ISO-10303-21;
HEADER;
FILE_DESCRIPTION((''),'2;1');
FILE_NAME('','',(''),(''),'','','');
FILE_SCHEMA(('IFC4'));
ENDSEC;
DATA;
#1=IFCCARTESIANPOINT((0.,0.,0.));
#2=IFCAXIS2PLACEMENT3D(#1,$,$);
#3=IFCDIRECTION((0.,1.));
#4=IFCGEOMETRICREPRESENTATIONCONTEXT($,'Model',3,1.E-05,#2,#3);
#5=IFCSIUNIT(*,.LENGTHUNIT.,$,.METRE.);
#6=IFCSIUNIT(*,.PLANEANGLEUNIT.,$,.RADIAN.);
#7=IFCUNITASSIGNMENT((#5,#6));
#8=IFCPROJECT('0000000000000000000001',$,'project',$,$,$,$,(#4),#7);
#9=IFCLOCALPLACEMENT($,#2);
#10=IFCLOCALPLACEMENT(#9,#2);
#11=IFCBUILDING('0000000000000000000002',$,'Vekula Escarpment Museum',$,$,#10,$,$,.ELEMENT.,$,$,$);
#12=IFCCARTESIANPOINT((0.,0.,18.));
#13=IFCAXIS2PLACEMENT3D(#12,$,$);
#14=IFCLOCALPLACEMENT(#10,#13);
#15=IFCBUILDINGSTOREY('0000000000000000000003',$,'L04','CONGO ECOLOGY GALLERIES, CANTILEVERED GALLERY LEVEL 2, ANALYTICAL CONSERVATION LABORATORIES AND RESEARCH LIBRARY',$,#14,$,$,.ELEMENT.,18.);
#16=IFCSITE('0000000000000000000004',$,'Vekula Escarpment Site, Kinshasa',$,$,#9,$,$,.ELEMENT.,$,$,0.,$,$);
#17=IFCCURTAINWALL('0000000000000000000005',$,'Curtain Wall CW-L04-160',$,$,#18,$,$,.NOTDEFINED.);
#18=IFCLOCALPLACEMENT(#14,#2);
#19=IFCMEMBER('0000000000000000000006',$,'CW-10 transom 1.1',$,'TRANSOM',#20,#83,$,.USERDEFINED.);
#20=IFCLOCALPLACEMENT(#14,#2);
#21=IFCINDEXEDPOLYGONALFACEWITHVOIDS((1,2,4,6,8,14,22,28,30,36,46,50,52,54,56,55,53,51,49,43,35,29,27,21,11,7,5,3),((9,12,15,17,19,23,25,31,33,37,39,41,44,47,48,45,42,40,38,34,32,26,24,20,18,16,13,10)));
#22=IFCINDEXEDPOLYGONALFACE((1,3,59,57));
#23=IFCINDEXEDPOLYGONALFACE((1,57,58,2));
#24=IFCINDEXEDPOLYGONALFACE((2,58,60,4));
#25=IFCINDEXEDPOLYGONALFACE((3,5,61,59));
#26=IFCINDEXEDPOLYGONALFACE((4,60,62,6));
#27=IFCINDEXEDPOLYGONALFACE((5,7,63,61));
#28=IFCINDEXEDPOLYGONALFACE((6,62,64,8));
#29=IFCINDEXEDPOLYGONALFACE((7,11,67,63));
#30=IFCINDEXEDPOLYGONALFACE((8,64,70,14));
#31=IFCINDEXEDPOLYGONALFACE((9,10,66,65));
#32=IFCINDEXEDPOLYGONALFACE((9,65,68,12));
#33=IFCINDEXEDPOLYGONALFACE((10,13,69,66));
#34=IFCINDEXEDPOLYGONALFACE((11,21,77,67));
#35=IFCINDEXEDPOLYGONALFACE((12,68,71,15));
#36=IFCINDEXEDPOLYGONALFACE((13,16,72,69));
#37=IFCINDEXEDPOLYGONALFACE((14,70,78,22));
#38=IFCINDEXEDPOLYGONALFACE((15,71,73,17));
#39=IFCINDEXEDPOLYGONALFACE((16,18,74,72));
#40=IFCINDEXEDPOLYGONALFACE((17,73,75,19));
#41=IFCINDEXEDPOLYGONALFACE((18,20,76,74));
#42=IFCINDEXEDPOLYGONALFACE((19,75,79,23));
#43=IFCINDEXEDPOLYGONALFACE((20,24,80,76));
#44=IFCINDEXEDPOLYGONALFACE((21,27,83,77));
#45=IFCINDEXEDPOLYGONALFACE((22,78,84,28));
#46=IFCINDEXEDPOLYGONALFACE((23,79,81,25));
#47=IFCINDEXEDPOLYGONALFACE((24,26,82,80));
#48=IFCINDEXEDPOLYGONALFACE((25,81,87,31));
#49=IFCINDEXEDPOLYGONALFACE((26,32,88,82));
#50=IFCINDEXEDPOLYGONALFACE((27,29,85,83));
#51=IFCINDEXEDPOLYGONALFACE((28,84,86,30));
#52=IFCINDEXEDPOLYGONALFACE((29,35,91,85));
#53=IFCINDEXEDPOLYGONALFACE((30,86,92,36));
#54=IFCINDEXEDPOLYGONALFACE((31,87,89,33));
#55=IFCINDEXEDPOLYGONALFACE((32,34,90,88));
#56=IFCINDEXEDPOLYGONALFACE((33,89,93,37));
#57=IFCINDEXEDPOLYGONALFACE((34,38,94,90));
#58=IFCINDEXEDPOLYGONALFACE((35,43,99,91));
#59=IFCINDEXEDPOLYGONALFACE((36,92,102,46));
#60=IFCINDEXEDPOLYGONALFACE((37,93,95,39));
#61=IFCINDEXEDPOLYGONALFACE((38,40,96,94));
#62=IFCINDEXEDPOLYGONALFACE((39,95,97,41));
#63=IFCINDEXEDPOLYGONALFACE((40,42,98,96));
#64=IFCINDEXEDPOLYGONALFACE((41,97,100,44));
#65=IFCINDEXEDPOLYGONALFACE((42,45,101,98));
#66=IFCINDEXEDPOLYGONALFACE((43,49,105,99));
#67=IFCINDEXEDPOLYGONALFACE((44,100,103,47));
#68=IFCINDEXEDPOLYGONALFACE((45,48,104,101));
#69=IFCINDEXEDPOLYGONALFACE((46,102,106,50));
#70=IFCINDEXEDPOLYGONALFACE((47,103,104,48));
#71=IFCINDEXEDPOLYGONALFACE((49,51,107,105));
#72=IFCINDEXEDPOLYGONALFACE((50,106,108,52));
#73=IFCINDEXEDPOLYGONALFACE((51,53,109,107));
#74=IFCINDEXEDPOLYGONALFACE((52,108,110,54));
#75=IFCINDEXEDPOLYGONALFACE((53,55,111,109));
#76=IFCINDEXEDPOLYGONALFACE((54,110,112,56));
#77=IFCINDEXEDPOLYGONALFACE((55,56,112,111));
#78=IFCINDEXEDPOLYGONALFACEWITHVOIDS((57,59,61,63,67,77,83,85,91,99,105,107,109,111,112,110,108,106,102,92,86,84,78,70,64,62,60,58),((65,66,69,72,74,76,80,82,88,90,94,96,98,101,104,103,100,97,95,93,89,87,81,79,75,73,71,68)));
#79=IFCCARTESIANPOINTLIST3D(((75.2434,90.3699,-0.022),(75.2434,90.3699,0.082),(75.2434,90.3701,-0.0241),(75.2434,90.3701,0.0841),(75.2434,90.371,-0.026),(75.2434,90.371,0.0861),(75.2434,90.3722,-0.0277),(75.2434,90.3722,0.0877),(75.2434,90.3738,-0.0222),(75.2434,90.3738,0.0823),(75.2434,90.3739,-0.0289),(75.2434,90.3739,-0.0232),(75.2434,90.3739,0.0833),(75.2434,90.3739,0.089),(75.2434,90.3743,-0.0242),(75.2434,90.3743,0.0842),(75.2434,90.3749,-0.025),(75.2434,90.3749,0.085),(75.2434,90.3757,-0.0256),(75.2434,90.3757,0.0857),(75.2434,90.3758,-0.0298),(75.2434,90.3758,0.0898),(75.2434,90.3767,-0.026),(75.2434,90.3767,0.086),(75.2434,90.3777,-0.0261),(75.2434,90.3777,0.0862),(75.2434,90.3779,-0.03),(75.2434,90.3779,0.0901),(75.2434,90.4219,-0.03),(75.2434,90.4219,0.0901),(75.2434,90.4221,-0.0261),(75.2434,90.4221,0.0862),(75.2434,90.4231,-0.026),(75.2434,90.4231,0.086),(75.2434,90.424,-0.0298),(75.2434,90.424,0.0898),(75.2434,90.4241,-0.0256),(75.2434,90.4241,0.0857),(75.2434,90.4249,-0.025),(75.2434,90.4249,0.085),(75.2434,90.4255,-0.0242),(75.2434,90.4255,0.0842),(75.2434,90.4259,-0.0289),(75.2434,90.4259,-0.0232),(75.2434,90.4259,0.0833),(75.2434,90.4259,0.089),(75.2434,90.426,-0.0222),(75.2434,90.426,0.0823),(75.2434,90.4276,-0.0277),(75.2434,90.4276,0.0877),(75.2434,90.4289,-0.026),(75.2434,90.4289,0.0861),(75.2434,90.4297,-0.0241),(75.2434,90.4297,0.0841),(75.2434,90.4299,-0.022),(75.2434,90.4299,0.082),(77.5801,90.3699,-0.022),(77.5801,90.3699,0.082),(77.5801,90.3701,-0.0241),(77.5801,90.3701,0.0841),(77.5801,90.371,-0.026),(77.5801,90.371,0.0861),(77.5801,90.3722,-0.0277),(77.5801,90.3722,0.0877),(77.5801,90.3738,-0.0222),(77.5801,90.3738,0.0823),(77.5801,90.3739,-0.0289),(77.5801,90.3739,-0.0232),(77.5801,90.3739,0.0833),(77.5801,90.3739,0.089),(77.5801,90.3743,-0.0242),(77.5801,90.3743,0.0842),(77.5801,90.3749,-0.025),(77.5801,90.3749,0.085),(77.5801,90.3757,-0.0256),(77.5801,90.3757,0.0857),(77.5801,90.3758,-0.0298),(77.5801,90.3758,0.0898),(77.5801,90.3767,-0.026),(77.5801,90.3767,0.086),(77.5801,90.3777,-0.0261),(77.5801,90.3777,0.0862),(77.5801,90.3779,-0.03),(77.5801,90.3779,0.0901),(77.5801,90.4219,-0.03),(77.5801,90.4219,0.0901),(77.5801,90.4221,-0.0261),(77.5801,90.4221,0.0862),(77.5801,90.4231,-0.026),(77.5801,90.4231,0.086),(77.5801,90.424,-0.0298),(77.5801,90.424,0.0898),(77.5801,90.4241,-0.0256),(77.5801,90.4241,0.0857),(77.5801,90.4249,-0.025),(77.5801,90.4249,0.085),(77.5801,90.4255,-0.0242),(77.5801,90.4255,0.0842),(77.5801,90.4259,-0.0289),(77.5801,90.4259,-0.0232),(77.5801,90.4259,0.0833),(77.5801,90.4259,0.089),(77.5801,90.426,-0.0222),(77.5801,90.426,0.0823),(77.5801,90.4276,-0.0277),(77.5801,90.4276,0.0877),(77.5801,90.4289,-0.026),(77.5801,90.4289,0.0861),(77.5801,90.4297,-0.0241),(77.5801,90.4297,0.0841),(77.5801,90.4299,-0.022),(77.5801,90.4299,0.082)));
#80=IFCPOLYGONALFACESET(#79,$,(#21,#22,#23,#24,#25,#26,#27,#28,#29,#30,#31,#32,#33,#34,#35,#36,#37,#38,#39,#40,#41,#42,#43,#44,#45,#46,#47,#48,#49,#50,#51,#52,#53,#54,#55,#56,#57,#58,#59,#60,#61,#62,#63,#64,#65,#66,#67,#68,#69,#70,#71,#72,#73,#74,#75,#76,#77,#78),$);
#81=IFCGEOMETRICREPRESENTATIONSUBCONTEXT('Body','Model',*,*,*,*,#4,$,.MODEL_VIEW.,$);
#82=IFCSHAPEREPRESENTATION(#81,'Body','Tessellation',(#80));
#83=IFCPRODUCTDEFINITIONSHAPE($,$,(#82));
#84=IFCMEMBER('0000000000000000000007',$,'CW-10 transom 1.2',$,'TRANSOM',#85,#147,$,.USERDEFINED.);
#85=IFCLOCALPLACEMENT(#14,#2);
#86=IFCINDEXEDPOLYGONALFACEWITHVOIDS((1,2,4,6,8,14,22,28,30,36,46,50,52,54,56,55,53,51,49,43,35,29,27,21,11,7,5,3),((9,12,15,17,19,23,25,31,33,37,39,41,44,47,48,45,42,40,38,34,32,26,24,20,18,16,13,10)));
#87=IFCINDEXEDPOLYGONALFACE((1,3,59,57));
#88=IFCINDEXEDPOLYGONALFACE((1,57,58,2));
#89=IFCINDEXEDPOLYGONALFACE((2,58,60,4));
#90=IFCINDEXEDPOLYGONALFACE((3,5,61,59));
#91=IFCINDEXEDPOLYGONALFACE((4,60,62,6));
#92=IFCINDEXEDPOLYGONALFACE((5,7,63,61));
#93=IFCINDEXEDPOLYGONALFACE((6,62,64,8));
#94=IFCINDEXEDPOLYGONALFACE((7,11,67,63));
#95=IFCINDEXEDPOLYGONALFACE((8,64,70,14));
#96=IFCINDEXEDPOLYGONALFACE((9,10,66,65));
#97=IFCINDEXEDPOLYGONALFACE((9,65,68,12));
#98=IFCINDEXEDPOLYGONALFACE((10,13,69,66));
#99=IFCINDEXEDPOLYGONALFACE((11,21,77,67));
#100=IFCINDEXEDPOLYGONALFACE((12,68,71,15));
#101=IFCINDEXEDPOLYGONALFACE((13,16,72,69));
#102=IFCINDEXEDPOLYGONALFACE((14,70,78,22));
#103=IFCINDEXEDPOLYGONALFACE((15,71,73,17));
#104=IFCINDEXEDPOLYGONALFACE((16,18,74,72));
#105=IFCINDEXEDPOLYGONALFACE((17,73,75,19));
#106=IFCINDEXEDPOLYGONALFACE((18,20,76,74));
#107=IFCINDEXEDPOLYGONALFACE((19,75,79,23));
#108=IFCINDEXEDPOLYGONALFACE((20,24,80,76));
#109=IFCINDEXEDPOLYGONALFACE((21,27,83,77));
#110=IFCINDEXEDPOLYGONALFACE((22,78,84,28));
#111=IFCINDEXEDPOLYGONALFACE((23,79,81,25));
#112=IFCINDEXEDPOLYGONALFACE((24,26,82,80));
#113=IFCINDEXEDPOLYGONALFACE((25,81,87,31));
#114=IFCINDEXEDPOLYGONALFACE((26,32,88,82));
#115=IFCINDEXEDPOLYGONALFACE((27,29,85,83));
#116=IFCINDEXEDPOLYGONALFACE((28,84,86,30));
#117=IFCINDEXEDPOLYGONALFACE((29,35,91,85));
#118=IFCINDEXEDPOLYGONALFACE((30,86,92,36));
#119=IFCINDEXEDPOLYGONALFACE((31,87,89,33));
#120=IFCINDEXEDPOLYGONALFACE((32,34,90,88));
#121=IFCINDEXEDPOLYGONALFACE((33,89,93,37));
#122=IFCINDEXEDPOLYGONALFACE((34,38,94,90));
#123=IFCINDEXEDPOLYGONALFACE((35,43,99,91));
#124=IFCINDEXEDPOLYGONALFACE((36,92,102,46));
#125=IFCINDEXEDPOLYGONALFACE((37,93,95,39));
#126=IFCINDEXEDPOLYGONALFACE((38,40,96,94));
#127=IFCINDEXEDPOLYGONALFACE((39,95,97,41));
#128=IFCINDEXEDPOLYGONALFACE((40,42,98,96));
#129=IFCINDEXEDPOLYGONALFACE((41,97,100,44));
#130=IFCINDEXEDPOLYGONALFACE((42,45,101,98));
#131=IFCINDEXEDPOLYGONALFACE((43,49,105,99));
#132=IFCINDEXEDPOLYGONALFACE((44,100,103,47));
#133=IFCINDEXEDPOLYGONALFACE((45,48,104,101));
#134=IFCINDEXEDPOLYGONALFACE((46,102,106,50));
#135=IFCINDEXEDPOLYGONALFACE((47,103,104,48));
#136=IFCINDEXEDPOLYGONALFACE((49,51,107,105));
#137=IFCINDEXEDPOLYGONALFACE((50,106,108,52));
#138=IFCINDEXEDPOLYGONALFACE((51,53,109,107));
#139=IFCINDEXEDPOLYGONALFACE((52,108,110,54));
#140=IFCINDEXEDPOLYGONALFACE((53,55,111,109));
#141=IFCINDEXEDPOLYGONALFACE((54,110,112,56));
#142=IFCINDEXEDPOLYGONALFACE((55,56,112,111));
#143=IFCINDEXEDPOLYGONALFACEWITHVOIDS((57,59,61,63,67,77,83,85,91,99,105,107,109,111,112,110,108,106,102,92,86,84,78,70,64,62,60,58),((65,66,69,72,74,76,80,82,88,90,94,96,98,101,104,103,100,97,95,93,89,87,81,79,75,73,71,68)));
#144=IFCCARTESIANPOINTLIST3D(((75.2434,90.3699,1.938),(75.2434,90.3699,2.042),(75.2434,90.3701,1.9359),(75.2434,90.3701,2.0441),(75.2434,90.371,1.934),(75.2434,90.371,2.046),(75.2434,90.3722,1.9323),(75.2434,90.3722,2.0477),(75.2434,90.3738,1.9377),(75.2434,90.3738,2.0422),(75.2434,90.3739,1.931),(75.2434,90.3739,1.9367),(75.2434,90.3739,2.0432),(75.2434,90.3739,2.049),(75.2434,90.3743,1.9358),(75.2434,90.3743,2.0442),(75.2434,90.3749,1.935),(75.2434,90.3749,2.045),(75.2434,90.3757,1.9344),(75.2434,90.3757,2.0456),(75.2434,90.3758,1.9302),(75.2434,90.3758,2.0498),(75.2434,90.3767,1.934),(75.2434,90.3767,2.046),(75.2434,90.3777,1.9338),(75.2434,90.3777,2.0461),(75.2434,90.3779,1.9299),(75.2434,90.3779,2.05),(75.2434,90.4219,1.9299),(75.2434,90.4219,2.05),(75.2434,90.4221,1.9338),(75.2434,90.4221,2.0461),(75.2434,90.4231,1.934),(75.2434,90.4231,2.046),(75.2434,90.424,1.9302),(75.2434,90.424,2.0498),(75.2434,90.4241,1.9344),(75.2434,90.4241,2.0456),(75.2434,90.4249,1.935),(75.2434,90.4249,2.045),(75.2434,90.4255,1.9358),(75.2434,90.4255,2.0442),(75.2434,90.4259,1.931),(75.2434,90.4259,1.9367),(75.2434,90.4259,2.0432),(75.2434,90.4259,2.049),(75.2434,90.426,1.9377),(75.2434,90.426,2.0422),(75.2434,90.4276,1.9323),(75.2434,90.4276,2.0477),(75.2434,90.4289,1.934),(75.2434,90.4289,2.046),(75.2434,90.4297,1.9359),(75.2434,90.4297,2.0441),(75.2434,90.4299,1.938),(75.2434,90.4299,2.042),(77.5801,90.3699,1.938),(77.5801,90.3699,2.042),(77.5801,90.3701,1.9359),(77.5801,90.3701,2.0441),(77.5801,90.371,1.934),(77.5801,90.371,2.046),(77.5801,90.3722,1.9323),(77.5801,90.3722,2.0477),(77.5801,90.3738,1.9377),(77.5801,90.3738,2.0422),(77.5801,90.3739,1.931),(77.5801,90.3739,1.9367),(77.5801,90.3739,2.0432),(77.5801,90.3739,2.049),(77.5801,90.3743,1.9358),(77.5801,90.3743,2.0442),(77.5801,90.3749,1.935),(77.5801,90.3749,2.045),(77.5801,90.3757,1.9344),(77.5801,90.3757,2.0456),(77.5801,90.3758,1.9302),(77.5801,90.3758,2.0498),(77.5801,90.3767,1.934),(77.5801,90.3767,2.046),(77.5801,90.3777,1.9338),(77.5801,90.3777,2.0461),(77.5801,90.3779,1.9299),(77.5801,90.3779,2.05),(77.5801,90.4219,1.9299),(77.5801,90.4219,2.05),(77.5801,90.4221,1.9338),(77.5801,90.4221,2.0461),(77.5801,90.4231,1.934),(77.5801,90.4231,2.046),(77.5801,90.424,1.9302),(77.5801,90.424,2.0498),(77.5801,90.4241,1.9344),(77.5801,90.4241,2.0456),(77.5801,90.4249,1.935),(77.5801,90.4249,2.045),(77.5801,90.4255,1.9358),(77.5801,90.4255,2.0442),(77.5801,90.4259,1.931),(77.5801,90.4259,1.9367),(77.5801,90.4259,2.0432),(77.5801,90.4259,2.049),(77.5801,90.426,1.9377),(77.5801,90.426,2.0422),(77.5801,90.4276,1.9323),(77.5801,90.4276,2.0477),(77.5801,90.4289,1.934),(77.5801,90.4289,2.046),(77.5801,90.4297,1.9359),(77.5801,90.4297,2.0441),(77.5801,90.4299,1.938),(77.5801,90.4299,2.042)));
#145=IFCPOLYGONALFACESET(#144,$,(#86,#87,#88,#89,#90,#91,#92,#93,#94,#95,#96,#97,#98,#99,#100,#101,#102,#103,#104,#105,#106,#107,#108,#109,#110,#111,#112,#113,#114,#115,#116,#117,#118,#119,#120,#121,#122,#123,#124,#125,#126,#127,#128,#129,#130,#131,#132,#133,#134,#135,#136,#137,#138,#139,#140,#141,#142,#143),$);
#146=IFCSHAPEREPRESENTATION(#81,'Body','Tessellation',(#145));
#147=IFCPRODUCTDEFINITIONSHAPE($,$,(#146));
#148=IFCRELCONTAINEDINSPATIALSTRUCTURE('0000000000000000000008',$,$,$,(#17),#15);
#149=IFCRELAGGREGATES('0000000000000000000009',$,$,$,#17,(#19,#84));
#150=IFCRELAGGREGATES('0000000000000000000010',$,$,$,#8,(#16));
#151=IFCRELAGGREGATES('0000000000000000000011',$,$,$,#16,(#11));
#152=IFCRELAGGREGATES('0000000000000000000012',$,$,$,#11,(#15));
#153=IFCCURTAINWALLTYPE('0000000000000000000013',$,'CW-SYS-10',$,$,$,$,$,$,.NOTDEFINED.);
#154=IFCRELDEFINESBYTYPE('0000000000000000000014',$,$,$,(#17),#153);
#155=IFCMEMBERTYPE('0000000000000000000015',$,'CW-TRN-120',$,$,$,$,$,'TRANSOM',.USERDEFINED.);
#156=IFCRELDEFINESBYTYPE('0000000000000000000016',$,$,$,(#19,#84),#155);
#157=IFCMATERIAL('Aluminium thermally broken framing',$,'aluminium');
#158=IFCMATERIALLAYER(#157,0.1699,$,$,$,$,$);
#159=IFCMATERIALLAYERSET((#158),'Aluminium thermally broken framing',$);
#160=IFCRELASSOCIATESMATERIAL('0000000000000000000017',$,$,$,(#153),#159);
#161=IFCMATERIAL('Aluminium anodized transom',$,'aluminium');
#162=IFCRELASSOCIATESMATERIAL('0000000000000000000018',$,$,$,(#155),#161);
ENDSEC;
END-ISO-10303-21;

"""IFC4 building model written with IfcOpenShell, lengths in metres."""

from ifc_helpers import new_model, si_unit, direction, frame, origin, origin_2d, place, context, subcontext, project, spatial, hollow_rectangle, extrude, material, layer, layer_set, material_profile, profile_set, type_object, element, aggregate, save


model = new_model("IFC4")

# Units and contexts
model_context = context("Model", 3, precision=1e-05, world=origin(), true_north=direction((0.0, 1.0)))
body_context = subcontext(model_context, "Body", "Model", "MODEL_VIEW")
ifc_project = project(units=[si_unit("LENGTHUNIT", "METRE"), si_unit("PLANEANGLEUNIT", "RADIAN")], contexts=[model_context])

# Site, building, storey
site_placement = place(None, origin())
site = spatial("IfcSite", under=ifc_project, at=site_placement, Name="Vekula Escarpment Site, Kinshasa", CompositionType="ELEMENT", RefElevation=0.0)
building_placement = place(site_placement, origin())
building = spatial("IfcBuilding", under=site, at=building_placement, Name="Vekula Escarpment Museum", CompositionType="ELEMENT")
storey_placement = place(building_placement, frame((0.0, 0.0, 18.0)))
storey = spatial("IfcBuildingStorey", under=building, at=storey_placement, Name="L04", Description="CONGO ECOLOGY GALLERIES, CANTILEVERED GALLERY LEVEL 2, ANALYTICAL CONSERVATION LABORATORIES AND RESEARCH LIBRARY", CompositionType="ELEMENT", Elevation=18.0)

# Curtain wall
ifc_material_1 = material(Name="Aluminium thermally broken framing", Category="aluminium")
ifc_layer_1 = layer(ifc_material_1, 0.1699)
ifc_layer_set_1 = layer_set([ifc_layer_1], Name="Aluminium thermally broken framing")
curtain_wall_type_1 = type_object("IfcCurtainWallType", Name="CW-SYS-10", PredefinedType="NOTDEFINED", material=ifc_layer_set_1)
curtain_wall_1_placement = place(storey_placement, origin())
curtain_wall_1 = element("IfcCurtainWall", 1, at=curtain_wall_1_placement, inside=storey, type_object=curtain_wall_type_1, Name="Curtain Wall CW-L04-160", PredefinedType="NOTDEFINED")

# Members
ifc_material_2 = material(Name="Aluminium anodized transom", Category="aluminium")
ifc_material_profile_1 = material_profile(ifc_material_2, hollow_rectangle(XDim=0.0601, YDim=0.1201, WallThickness=0.0039, InnerFilletRadius=0.0039, OuterFilletRadius=0.0081, at=origin_2d()), Name="ALU 120x60x4")
ifc_profile_set_1 = profile_set([ifc_material_profile_1], Name="Aluminium anodized transom")
member_type_1 = type_object("IfcMemberType", Name="CW-TRN-120", ElementType="TRANSOM", PredefinedType="USERDEFINED", material=ifc_profile_set_1)
member_1_placement = place(storey_placement, frame((77.5801, 90.3999, 0.03), z_axis=(-1.0, 0.0, 0.0), x_axis=(0.0, -1.0, 0.0)))
member_1 = element("IfcMember", 2, at=member_1_placement, type_object=member_type_1, Name="CW-10 transom 1.1", ObjectType="TRANSOM", PredefinedType="USERDEFINED", context=body_context, shape_type="SweptSolid", body=[
    extrude(hollow_rectangle(XDim=0.0601, YDim=0.1201, WallThickness=0.0039, InnerFilletRadius=0.0039, OuterFilletRadius=0.0081, at=origin_2d()), origin(), (0.0, 0.0, 1.0), 2.3367),
])
member_2_placement = place(storey_placement, frame((77.5801, 90.3999, 1.99), z_axis=(-1.0, 0.0, 0.0), x_axis=(0.0, -1.0, 0.0)))
member_2 = element("IfcMember", 3, at=member_2_placement, type_object=member_type_1, Name="CW-10 transom 1.2", ObjectType="TRANSOM", PredefinedType="USERDEFINED", context=body_context, shape_type="SweptSolid", body=[
    extrude(hollow_rectangle(XDim=0.0601, YDim=0.1201, WallThickness=0.0039, InnerFilletRadius=0.0039, OuterFilletRadius=0.0081, at=origin_2d()), origin(), (0.0, 0.0, 1.0), 2.3367),
])

aggregate(curtain_wall_1, [member_1, member_2])

save(model, "model.ifc")
